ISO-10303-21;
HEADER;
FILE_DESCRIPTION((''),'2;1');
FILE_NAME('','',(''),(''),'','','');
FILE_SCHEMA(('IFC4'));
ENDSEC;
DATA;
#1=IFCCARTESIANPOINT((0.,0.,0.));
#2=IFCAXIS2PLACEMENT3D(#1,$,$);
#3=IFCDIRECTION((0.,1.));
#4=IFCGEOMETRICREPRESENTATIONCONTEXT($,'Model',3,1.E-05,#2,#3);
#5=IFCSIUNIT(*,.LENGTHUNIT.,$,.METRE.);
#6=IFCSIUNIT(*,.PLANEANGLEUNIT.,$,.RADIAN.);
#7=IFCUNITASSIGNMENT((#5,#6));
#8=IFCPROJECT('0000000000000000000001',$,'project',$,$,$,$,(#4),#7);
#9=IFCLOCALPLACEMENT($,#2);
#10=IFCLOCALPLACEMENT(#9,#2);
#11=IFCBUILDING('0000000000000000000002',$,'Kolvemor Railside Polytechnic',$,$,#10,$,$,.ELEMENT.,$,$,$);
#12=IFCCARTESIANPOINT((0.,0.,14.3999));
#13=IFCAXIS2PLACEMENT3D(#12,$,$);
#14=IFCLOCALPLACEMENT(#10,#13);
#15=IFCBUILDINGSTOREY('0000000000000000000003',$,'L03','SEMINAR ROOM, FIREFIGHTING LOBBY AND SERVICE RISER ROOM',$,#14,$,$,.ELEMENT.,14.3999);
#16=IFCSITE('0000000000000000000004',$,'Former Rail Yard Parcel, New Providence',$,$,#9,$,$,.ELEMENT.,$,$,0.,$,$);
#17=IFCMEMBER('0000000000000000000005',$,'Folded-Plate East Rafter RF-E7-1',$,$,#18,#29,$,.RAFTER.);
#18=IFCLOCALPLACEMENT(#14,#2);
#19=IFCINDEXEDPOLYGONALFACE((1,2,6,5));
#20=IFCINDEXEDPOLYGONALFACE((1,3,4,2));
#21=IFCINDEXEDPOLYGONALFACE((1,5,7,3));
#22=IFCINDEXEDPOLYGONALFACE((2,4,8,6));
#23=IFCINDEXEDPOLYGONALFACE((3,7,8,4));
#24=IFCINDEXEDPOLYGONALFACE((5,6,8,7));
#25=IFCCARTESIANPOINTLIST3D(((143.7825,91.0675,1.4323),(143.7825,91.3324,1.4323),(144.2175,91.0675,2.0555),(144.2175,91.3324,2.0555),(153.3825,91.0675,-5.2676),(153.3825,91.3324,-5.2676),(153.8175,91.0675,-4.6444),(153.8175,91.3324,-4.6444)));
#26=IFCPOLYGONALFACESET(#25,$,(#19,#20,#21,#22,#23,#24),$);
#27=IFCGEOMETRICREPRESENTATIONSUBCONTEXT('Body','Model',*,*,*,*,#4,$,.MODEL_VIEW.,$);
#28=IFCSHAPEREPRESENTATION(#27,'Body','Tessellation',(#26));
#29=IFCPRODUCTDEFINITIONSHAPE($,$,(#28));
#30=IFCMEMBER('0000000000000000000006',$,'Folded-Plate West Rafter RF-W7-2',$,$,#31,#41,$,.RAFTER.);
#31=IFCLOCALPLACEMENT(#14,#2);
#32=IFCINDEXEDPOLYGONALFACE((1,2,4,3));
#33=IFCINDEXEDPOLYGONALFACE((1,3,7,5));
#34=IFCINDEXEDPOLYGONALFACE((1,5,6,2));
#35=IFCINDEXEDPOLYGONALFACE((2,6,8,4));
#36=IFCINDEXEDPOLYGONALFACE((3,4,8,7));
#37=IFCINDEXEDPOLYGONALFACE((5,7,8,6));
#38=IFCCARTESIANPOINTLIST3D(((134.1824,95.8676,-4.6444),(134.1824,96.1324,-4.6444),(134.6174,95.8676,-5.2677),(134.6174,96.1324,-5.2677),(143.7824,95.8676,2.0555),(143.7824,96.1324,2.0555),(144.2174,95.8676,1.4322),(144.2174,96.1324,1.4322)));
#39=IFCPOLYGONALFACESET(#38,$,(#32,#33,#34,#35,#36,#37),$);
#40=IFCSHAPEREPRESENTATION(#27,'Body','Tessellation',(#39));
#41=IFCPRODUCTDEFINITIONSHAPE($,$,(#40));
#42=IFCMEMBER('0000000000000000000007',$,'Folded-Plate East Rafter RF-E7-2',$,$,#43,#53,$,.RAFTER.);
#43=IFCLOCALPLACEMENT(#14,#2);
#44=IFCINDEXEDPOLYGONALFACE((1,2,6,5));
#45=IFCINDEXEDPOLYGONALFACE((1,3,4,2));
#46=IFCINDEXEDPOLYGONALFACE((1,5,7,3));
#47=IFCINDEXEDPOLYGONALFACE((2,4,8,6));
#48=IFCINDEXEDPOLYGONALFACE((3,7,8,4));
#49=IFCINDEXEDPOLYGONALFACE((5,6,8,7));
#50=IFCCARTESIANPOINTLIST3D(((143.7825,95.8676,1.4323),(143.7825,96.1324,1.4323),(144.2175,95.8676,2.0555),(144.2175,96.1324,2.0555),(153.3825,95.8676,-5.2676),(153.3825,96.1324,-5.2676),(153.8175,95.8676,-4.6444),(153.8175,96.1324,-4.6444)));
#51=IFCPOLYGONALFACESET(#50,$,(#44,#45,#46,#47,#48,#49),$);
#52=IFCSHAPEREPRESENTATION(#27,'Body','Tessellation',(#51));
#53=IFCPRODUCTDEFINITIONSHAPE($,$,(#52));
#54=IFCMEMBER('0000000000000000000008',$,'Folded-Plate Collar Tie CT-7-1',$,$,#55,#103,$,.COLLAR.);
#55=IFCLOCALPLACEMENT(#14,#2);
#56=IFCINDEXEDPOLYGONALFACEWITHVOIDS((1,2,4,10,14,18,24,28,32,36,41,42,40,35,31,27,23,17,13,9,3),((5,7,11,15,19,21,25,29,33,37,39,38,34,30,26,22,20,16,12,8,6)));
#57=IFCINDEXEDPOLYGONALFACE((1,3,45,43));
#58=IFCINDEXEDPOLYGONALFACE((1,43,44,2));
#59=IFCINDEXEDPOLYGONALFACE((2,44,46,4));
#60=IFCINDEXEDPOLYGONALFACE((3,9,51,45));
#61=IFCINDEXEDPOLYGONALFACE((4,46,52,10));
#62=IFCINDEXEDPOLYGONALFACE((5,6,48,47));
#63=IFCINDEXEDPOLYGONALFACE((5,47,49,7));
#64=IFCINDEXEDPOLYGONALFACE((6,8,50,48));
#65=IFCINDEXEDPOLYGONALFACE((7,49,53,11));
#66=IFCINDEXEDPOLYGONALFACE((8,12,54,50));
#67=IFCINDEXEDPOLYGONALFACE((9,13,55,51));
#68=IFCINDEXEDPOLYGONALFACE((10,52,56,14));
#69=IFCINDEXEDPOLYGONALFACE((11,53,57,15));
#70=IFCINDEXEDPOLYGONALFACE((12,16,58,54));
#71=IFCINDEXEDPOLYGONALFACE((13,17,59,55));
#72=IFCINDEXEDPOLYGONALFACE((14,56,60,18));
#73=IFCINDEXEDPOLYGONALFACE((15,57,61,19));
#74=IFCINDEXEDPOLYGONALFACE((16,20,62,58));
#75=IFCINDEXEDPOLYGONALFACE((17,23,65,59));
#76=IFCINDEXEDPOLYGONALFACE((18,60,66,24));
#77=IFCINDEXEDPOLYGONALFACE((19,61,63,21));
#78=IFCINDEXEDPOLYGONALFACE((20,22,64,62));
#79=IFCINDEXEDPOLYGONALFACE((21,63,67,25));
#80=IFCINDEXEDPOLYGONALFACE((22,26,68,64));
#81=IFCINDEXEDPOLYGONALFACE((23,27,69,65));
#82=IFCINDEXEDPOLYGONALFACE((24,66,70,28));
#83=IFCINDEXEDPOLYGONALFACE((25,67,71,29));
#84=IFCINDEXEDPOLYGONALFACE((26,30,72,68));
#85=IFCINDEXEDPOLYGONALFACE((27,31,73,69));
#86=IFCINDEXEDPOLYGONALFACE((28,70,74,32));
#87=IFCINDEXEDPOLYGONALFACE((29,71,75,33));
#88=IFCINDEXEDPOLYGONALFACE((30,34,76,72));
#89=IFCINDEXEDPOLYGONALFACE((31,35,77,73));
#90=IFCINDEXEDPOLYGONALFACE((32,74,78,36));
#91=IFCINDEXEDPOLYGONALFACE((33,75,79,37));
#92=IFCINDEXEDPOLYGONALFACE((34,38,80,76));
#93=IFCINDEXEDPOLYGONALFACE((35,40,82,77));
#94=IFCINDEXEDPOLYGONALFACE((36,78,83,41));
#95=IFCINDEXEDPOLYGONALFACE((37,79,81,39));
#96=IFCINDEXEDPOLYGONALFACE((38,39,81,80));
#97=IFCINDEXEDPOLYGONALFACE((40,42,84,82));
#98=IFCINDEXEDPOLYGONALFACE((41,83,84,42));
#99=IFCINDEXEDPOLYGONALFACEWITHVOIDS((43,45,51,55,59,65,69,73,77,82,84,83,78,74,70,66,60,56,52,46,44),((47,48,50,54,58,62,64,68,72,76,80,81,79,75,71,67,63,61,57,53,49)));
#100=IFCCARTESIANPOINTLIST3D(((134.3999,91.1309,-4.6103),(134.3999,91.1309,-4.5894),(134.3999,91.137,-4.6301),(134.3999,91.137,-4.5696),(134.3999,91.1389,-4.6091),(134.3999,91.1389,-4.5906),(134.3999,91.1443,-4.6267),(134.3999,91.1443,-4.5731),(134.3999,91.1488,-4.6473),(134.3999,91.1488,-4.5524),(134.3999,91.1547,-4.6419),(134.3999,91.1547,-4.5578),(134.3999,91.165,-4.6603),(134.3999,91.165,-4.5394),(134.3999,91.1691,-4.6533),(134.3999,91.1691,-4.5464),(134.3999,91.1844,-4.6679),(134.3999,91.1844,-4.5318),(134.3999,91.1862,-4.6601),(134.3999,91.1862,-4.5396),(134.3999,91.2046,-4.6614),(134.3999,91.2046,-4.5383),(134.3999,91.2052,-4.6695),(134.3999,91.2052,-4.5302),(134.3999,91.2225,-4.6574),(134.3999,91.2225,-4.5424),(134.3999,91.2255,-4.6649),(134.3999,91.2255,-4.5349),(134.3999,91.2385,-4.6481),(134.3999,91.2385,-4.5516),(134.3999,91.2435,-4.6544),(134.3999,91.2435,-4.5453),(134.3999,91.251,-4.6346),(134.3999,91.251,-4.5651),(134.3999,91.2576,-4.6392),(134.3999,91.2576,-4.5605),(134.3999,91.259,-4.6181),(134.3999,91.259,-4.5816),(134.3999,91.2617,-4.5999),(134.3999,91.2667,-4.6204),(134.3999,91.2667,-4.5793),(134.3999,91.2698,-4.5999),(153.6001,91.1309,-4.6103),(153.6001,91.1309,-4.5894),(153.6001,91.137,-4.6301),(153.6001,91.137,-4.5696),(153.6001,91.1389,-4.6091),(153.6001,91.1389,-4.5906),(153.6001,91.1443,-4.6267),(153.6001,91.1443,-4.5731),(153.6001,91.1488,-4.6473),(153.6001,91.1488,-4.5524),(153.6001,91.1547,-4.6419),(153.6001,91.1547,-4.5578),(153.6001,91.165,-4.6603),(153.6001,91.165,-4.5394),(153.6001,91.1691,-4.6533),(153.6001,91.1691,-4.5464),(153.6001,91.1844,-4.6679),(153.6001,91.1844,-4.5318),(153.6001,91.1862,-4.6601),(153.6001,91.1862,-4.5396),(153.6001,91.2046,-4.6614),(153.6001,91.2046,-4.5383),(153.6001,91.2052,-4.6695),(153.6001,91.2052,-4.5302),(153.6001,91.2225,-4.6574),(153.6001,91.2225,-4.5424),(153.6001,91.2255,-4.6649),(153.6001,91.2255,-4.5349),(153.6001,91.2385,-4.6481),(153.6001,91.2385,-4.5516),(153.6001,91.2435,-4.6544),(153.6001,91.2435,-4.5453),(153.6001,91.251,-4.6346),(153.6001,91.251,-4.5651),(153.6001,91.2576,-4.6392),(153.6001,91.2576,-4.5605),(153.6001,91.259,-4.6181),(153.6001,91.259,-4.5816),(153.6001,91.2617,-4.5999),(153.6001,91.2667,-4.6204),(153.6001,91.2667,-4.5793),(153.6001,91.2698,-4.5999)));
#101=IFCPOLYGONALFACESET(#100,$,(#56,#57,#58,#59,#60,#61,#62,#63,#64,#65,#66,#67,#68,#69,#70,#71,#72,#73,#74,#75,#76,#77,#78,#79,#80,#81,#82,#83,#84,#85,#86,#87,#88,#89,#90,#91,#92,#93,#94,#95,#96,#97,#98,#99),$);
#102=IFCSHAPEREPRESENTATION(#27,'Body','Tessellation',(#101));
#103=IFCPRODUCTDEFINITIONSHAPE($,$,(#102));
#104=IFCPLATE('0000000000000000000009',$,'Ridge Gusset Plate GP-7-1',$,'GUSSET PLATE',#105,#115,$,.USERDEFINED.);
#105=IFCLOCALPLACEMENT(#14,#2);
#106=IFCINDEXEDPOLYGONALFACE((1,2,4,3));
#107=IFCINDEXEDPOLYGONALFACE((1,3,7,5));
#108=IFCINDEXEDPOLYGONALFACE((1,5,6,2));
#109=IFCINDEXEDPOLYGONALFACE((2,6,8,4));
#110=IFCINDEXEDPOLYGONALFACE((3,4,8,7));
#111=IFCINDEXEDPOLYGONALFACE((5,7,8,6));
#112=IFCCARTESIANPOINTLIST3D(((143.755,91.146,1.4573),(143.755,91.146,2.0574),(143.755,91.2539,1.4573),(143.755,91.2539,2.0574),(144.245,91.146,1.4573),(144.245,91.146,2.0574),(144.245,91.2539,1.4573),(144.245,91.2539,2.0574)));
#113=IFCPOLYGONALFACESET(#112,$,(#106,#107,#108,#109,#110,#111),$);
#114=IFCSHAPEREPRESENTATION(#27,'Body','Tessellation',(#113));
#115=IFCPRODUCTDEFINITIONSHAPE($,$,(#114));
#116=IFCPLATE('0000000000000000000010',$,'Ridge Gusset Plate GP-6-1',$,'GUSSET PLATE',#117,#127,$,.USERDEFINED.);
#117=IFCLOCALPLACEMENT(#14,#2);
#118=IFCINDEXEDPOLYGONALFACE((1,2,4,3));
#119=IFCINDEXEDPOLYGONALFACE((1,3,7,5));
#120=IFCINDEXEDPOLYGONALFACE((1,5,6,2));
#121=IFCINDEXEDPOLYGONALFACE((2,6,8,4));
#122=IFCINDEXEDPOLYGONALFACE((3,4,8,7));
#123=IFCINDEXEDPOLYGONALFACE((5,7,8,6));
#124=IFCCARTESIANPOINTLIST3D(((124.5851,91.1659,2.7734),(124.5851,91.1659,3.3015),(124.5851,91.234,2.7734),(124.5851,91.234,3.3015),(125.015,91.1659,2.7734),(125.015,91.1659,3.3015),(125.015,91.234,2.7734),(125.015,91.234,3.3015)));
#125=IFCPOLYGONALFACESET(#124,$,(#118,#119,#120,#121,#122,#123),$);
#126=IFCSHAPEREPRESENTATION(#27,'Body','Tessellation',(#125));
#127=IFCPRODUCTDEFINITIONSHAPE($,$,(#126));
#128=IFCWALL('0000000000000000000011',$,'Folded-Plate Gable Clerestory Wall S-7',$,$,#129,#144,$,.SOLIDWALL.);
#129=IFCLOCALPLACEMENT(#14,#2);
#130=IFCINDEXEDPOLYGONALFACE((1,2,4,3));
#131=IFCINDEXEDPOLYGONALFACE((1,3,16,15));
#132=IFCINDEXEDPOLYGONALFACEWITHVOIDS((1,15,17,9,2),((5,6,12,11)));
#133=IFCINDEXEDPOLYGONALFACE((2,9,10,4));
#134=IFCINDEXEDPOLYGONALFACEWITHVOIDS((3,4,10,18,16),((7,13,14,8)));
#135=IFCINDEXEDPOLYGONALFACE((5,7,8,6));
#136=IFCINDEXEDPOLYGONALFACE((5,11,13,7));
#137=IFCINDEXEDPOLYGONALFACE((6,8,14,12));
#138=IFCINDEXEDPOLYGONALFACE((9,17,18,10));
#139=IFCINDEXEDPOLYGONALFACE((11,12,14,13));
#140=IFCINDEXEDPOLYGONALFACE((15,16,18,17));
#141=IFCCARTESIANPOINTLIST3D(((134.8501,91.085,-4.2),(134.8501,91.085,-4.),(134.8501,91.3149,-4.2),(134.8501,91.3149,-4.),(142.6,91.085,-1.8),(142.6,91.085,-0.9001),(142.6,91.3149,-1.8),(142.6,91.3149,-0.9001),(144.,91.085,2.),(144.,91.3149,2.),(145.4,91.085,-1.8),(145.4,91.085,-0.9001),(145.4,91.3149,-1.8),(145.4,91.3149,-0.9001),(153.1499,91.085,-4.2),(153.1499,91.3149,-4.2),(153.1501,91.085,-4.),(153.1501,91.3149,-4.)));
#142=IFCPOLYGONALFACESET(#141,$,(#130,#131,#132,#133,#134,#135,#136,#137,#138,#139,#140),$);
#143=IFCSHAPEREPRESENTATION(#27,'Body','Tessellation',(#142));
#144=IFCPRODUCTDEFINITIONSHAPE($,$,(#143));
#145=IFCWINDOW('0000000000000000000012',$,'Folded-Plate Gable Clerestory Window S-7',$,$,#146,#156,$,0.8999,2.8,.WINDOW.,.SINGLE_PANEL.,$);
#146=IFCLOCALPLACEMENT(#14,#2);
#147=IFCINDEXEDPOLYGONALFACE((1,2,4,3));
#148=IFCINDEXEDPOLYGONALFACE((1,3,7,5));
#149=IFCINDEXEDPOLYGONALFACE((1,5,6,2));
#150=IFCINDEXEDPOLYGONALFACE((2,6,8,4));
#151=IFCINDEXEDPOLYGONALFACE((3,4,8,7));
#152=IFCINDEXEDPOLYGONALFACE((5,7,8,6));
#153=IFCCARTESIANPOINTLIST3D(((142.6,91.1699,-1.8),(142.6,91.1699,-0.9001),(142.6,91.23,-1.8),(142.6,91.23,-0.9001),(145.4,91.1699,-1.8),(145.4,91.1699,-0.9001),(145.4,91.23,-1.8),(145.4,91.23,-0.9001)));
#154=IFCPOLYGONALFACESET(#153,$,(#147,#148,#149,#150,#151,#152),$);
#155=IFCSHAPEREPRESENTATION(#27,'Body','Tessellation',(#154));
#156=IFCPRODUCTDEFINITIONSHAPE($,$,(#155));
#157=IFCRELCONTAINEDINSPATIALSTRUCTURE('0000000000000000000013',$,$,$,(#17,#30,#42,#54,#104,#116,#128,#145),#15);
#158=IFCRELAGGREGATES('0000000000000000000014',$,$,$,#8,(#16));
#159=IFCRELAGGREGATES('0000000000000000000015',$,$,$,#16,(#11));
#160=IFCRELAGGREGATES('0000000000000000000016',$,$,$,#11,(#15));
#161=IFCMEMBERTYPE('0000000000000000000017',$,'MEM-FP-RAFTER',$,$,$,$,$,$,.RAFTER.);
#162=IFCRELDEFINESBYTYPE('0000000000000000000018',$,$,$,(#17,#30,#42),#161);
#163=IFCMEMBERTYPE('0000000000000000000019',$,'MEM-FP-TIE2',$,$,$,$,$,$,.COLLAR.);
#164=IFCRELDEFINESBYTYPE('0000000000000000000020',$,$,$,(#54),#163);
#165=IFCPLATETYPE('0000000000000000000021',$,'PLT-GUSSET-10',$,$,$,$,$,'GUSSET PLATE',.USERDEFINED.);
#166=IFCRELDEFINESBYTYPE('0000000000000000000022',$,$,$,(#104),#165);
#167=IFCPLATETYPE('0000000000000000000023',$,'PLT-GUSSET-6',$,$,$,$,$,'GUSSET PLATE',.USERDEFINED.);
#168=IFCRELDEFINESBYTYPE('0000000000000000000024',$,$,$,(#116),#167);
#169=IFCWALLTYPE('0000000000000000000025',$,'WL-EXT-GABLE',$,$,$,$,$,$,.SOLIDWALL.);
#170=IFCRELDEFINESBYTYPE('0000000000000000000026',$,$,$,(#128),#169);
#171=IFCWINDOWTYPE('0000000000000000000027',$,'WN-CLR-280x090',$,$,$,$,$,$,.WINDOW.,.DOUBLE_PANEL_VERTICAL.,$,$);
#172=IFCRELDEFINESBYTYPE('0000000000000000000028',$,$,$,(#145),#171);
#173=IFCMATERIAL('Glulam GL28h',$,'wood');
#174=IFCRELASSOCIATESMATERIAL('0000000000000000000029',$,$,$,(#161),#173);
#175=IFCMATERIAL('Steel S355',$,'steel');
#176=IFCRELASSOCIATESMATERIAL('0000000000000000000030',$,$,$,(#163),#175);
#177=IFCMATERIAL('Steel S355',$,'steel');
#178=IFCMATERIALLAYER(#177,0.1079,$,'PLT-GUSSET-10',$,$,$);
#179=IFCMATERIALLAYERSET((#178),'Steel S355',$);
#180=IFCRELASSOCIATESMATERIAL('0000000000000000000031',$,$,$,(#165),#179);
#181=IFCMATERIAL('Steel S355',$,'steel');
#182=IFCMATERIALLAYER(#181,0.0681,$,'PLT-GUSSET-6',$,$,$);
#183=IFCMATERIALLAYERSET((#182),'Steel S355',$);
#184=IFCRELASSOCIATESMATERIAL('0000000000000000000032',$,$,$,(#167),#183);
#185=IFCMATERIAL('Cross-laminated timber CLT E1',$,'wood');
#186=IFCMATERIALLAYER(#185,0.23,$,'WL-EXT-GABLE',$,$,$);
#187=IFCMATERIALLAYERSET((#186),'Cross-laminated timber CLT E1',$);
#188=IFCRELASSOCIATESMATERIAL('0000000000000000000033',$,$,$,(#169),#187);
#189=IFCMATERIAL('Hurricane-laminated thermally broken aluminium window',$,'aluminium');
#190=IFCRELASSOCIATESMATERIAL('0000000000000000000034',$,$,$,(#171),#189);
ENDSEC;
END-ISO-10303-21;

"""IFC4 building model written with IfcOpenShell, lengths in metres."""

from ifc_helpers import new_model, si_unit, direction, frame, frame_2d, origin, origin_2d, place, context, subcontext, project, spatial, polyline, rectangle, hollow_circle, outline, extrude, material, layer, layer_set, material_profile, profile_set, type_object, element, fill, save


model = new_model("IFC4")

# Units and contexts
model_context = context("Model", 3, precision=1e-05, world=origin(), true_north=direction((0.0, 1.0)))
body_context = subcontext(model_context, "Body", "Model", "MODEL_VIEW")
ifc_project = project(units=[si_unit("LENGTHUNIT", "METRE"), si_unit("PLANEANGLEUNIT", "RADIAN")], contexts=[model_context])

# Site, building, storey
site_placement = place(None, origin())
site = spatial("IfcSite", under=ifc_project, at=site_placement, Name="Former Rail Yard Parcel, New Providence", CompositionType="ELEMENT", RefElevation=0.0)
building_placement = place(site_placement, origin())
building = spatial("IfcBuilding", under=site, at=building_placement, Name="Kolvemor Railside Polytechnic", CompositionType="ELEMENT")
storey_placement = place(building_placement, frame((0.0, 0.0, 14.3999)))
storey = spatial("IfcBuildingStorey", under=building, at=storey_placement, Name="L03", Description="SEMINAR ROOM, FIREFIGHTING LOBBY AND SERVICE RISER ROOM", CompositionType="ELEMENT", Elevation=14.3999)

# Members
ifc_material_1 = material(Name="Glulam GL28h", Category="wood")
ifc_material_profile_1 = material_profile(ifc_material_1, rectangle(XDim=0.2649, YDim=0.76, at=origin_2d()), Name="GL265x760")
ifc_profile_set_1 = profile_set([ifc_material_profile_1], Name="Glulam GL28h")
member_type_1 = type_object("IfcMemberType", Name="MEM-FP-RAFTER", PredefinedType="RAFTER", material=ifc_profile_set_1)
for number, where, z_axis, x_axis, name in (
    (1, (144.0, 91.2, 1.7439), (0.820038, 0.0, -0.572308), (0.0, 1.0, 0.0), "Folded-Plate East Rafter RF-E7-1"),
    (2, (134.3999, 96.0, -4.9561), (0.820038, 0.0, 0.572308), (0.0, 1.0, 0.0), "Folded-Plate West Rafter RF-W7-2"),
    (3, (144.0, 96.0, 1.7439), (0.820038, 0.0, -0.572308), (0.0, 1.0, 0.0), "Folded-Plate East Rafter RF-E7-2"),
):
    element("IfcMember", number, at=place(storey_placement, frame(where, z_axis=z_axis, x_axis=x_axis)), inside=storey, type_object=member_type_1, Name=name, PredefinedType="RAFTER", context=body_context, shape_type="SweptSolid", body=[
        extrude(rectangle(XDim=0.2649, YDim=0.76, at=origin_2d()), origin(), (0.0, 0.0, 1.0), 11.7068),
    ])
ifc_material_2 = material(Name="Steel S355", Category="steel")
ifc_material_profile_2 = material_profile(ifc_material_2, hollow_circle(Radius=0.0698, WallThickness=0.0081, at=origin_2d()), Name="CHS139.7x8")
ifc_profile_set_2 = profile_set([ifc_material_profile_2], Name="Steel S355")
member_type_2 = type_object("IfcMemberType", Name="MEM-FP-TIE2", PredefinedType="COLLAR", material=ifc_profile_set_2)
member_1_placement = place(storey_placement, frame((134.3999, 91.2, -4.5999), z_axis=(1.0, 0.0, 0.0), x_axis=(0.0, 1.0, 0.0)))
element("IfcMember", 4, at=member_1_placement, inside=storey, type_object=member_type_2, Name="Folded-Plate Collar Tie CT-7-1", PredefinedType="COLLAR", context=body_context, shape_type="SweptSolid", body=[
    extrude(hollow_circle(Radius=0.0698, WallThickness=0.0081, at=origin_2d()), origin(), (0.0, 0.0, 1.0), 19.2002),
])

# Plates
ifc_material_3 = material(Name="Steel S355", Category="steel")
ifc_layer_1 = layer(ifc_material_3, 0.1079, Name="PLT-GUSSET-10")
ifc_layer_set_1 = layer_set([ifc_layer_1], Name="Steel S355")
plate_type_1 = type_object("IfcPlateType", Name="PLT-GUSSET-10", ElementType="GUSSET PLATE", PredefinedType="USERDEFINED", material=ifc_layer_set_1)
plate_1_placement = place(storey_placement, frame((144.0, 91.2, 1.4573), z_axis=(0.0, 0.0, 1.0), x_axis=(1.0, 0.0, 0.0)))
element("IfcPlate", 5, at=plate_1_placement, inside=storey, type_object=plate_type_1, Name="Ridge Gusset Plate GP-7-1", ObjectType="GUSSET PLATE", PredefinedType="USERDEFINED", context=body_context, shape_type="SweptSolid", body=[
    extrude(rectangle(XDim=0.49, YDim=0.1079, at=origin_2d()), origin(), (0.0, 0.0, 1.0), 0.6001),
])
ifc_material_4 = material(Name="Steel S355", Category="steel")
ifc_layer_2 = layer(ifc_material_4, 0.0681, Name="PLT-GUSSET-6")
ifc_layer_set_2 = layer_set([ifc_layer_2], Name="Steel S355")
plate_type_2 = type_object("IfcPlateType", Name="PLT-GUSSET-6", ElementType="GUSSET PLATE", PredefinedType="USERDEFINED", material=ifc_layer_set_2)
plate_2_placement = place(storey_placement, frame((124.8, 91.2, 2.7734), z_axis=(0.0, 0.0, 1.0), x_axis=(1.0, 0.0, 0.0)))
element("IfcPlate", 6, at=plate_2_placement, inside=storey, type_object=plate_type_2, Name="Ridge Gusset Plate GP-6-1", ObjectType="GUSSET PLATE", PredefinedType="USERDEFINED", context=body_context, shape_type="SweptSolid", body=[
    extrude(rectangle(XDim=0.4299, YDim=0.0681, at=origin_2d()), origin(), (0.0, 0.0, 1.0), 0.5281),
])

# Wall, opening, window
ifc_material_5 = material(Name="Cross-laminated timber CLT E1", Category="wood")
ifc_layer_3 = layer(ifc_material_5, 0.23, Name="WL-EXT-GABLE")
ifc_layer_set_3 = layer_set([ifc_layer_3], Name="Cross-laminated timber CLT E1")
wall_type = type_object("IfcWallType", Name="WL-EXT-GABLE", PredefinedType="SOLIDWALL", material=ifc_layer_set_3)
wall_placement = place(storey_placement, frame((134.8501, 91.2, -4.2), z_axis=(0.0, 0.0, 1.0), x_axis=(1.0, 0.0, 0.0)))
wall = element("IfcWall", 7, at=wall_placement, inside=storey, type_object=wall_type, Name="Folded-Plate Gable Clerestory Wall S-7", PredefinedType="SOLIDWALL", context=body_context, shape_type="SweptSolid", body=[
    extrude(outline(polyline([(0.0, 0.0), (18.2998, 0.0), (18.3, 0.2), (9.1499, 6.2), (0.0, 0.2), (0.0, 0.0)])), frame((0.0, 0.115, 0.0), z_axis=(0.0, -1.0, 0.0), x_axis=(1.0, 0.0, 0.0)), (0.0, 0.0, 1.0), 0.23),
])
opening_placement = place(wall_placement, frame((7.75, 0.0, 2.3999)))
opening = element("IfcOpeningElement", 8, at=opening_placement, cuts=wall, PredefinedType="OPENING", context=body_context, shape_type="SweptSolid", body=[
    extrude(rectangle(XDim=2.8, YDim=0.8999, at=frame_2d((1.3999, 0.45))), frame((0.0, 0.125, 0.0), z_axis=(0.0, -1.0, 0.0), x_axis=(1.0, 0.0, 0.0)), (0.0, 0.0, 1.0), 0.25),
])
ifc_material_6 = material(Name="Hurricane-laminated thermally broken aluminium window", Category="aluminium")
window_type = type_object("IfcWindowType", Name="WN-CLR-280x090", PartitioningType="DOUBLE_PANEL_VERTICAL", PredefinedType="WINDOW", material=ifc_material_6)
window_placement = place(opening_placement, origin())
window = element("IfcWindow", 9, at=window_placement, inside=storey, type_object=window_type, Name="Folded-Plate Gable Clerestory Window S-7", OverallHeight=0.8999, OverallWidth=2.8, PartitioningType="SINGLE_PANEL", PredefinedType="WINDOW", context=body_context, shape_type="SweptSolid", body=[
    extrude(rectangle(XDim=2.8, YDim=0.8999, at=frame_2d((1.3999, 0.45))), frame((0.0, 0.03, 0.0), z_axis=(0.0, -1.0, 0.0), x_axis=(1.0, 0.0, 0.0)), (0.0, 0.0, 1.0), 0.0601),
])
fill(opening, window)

save(model, "model.ifc")
